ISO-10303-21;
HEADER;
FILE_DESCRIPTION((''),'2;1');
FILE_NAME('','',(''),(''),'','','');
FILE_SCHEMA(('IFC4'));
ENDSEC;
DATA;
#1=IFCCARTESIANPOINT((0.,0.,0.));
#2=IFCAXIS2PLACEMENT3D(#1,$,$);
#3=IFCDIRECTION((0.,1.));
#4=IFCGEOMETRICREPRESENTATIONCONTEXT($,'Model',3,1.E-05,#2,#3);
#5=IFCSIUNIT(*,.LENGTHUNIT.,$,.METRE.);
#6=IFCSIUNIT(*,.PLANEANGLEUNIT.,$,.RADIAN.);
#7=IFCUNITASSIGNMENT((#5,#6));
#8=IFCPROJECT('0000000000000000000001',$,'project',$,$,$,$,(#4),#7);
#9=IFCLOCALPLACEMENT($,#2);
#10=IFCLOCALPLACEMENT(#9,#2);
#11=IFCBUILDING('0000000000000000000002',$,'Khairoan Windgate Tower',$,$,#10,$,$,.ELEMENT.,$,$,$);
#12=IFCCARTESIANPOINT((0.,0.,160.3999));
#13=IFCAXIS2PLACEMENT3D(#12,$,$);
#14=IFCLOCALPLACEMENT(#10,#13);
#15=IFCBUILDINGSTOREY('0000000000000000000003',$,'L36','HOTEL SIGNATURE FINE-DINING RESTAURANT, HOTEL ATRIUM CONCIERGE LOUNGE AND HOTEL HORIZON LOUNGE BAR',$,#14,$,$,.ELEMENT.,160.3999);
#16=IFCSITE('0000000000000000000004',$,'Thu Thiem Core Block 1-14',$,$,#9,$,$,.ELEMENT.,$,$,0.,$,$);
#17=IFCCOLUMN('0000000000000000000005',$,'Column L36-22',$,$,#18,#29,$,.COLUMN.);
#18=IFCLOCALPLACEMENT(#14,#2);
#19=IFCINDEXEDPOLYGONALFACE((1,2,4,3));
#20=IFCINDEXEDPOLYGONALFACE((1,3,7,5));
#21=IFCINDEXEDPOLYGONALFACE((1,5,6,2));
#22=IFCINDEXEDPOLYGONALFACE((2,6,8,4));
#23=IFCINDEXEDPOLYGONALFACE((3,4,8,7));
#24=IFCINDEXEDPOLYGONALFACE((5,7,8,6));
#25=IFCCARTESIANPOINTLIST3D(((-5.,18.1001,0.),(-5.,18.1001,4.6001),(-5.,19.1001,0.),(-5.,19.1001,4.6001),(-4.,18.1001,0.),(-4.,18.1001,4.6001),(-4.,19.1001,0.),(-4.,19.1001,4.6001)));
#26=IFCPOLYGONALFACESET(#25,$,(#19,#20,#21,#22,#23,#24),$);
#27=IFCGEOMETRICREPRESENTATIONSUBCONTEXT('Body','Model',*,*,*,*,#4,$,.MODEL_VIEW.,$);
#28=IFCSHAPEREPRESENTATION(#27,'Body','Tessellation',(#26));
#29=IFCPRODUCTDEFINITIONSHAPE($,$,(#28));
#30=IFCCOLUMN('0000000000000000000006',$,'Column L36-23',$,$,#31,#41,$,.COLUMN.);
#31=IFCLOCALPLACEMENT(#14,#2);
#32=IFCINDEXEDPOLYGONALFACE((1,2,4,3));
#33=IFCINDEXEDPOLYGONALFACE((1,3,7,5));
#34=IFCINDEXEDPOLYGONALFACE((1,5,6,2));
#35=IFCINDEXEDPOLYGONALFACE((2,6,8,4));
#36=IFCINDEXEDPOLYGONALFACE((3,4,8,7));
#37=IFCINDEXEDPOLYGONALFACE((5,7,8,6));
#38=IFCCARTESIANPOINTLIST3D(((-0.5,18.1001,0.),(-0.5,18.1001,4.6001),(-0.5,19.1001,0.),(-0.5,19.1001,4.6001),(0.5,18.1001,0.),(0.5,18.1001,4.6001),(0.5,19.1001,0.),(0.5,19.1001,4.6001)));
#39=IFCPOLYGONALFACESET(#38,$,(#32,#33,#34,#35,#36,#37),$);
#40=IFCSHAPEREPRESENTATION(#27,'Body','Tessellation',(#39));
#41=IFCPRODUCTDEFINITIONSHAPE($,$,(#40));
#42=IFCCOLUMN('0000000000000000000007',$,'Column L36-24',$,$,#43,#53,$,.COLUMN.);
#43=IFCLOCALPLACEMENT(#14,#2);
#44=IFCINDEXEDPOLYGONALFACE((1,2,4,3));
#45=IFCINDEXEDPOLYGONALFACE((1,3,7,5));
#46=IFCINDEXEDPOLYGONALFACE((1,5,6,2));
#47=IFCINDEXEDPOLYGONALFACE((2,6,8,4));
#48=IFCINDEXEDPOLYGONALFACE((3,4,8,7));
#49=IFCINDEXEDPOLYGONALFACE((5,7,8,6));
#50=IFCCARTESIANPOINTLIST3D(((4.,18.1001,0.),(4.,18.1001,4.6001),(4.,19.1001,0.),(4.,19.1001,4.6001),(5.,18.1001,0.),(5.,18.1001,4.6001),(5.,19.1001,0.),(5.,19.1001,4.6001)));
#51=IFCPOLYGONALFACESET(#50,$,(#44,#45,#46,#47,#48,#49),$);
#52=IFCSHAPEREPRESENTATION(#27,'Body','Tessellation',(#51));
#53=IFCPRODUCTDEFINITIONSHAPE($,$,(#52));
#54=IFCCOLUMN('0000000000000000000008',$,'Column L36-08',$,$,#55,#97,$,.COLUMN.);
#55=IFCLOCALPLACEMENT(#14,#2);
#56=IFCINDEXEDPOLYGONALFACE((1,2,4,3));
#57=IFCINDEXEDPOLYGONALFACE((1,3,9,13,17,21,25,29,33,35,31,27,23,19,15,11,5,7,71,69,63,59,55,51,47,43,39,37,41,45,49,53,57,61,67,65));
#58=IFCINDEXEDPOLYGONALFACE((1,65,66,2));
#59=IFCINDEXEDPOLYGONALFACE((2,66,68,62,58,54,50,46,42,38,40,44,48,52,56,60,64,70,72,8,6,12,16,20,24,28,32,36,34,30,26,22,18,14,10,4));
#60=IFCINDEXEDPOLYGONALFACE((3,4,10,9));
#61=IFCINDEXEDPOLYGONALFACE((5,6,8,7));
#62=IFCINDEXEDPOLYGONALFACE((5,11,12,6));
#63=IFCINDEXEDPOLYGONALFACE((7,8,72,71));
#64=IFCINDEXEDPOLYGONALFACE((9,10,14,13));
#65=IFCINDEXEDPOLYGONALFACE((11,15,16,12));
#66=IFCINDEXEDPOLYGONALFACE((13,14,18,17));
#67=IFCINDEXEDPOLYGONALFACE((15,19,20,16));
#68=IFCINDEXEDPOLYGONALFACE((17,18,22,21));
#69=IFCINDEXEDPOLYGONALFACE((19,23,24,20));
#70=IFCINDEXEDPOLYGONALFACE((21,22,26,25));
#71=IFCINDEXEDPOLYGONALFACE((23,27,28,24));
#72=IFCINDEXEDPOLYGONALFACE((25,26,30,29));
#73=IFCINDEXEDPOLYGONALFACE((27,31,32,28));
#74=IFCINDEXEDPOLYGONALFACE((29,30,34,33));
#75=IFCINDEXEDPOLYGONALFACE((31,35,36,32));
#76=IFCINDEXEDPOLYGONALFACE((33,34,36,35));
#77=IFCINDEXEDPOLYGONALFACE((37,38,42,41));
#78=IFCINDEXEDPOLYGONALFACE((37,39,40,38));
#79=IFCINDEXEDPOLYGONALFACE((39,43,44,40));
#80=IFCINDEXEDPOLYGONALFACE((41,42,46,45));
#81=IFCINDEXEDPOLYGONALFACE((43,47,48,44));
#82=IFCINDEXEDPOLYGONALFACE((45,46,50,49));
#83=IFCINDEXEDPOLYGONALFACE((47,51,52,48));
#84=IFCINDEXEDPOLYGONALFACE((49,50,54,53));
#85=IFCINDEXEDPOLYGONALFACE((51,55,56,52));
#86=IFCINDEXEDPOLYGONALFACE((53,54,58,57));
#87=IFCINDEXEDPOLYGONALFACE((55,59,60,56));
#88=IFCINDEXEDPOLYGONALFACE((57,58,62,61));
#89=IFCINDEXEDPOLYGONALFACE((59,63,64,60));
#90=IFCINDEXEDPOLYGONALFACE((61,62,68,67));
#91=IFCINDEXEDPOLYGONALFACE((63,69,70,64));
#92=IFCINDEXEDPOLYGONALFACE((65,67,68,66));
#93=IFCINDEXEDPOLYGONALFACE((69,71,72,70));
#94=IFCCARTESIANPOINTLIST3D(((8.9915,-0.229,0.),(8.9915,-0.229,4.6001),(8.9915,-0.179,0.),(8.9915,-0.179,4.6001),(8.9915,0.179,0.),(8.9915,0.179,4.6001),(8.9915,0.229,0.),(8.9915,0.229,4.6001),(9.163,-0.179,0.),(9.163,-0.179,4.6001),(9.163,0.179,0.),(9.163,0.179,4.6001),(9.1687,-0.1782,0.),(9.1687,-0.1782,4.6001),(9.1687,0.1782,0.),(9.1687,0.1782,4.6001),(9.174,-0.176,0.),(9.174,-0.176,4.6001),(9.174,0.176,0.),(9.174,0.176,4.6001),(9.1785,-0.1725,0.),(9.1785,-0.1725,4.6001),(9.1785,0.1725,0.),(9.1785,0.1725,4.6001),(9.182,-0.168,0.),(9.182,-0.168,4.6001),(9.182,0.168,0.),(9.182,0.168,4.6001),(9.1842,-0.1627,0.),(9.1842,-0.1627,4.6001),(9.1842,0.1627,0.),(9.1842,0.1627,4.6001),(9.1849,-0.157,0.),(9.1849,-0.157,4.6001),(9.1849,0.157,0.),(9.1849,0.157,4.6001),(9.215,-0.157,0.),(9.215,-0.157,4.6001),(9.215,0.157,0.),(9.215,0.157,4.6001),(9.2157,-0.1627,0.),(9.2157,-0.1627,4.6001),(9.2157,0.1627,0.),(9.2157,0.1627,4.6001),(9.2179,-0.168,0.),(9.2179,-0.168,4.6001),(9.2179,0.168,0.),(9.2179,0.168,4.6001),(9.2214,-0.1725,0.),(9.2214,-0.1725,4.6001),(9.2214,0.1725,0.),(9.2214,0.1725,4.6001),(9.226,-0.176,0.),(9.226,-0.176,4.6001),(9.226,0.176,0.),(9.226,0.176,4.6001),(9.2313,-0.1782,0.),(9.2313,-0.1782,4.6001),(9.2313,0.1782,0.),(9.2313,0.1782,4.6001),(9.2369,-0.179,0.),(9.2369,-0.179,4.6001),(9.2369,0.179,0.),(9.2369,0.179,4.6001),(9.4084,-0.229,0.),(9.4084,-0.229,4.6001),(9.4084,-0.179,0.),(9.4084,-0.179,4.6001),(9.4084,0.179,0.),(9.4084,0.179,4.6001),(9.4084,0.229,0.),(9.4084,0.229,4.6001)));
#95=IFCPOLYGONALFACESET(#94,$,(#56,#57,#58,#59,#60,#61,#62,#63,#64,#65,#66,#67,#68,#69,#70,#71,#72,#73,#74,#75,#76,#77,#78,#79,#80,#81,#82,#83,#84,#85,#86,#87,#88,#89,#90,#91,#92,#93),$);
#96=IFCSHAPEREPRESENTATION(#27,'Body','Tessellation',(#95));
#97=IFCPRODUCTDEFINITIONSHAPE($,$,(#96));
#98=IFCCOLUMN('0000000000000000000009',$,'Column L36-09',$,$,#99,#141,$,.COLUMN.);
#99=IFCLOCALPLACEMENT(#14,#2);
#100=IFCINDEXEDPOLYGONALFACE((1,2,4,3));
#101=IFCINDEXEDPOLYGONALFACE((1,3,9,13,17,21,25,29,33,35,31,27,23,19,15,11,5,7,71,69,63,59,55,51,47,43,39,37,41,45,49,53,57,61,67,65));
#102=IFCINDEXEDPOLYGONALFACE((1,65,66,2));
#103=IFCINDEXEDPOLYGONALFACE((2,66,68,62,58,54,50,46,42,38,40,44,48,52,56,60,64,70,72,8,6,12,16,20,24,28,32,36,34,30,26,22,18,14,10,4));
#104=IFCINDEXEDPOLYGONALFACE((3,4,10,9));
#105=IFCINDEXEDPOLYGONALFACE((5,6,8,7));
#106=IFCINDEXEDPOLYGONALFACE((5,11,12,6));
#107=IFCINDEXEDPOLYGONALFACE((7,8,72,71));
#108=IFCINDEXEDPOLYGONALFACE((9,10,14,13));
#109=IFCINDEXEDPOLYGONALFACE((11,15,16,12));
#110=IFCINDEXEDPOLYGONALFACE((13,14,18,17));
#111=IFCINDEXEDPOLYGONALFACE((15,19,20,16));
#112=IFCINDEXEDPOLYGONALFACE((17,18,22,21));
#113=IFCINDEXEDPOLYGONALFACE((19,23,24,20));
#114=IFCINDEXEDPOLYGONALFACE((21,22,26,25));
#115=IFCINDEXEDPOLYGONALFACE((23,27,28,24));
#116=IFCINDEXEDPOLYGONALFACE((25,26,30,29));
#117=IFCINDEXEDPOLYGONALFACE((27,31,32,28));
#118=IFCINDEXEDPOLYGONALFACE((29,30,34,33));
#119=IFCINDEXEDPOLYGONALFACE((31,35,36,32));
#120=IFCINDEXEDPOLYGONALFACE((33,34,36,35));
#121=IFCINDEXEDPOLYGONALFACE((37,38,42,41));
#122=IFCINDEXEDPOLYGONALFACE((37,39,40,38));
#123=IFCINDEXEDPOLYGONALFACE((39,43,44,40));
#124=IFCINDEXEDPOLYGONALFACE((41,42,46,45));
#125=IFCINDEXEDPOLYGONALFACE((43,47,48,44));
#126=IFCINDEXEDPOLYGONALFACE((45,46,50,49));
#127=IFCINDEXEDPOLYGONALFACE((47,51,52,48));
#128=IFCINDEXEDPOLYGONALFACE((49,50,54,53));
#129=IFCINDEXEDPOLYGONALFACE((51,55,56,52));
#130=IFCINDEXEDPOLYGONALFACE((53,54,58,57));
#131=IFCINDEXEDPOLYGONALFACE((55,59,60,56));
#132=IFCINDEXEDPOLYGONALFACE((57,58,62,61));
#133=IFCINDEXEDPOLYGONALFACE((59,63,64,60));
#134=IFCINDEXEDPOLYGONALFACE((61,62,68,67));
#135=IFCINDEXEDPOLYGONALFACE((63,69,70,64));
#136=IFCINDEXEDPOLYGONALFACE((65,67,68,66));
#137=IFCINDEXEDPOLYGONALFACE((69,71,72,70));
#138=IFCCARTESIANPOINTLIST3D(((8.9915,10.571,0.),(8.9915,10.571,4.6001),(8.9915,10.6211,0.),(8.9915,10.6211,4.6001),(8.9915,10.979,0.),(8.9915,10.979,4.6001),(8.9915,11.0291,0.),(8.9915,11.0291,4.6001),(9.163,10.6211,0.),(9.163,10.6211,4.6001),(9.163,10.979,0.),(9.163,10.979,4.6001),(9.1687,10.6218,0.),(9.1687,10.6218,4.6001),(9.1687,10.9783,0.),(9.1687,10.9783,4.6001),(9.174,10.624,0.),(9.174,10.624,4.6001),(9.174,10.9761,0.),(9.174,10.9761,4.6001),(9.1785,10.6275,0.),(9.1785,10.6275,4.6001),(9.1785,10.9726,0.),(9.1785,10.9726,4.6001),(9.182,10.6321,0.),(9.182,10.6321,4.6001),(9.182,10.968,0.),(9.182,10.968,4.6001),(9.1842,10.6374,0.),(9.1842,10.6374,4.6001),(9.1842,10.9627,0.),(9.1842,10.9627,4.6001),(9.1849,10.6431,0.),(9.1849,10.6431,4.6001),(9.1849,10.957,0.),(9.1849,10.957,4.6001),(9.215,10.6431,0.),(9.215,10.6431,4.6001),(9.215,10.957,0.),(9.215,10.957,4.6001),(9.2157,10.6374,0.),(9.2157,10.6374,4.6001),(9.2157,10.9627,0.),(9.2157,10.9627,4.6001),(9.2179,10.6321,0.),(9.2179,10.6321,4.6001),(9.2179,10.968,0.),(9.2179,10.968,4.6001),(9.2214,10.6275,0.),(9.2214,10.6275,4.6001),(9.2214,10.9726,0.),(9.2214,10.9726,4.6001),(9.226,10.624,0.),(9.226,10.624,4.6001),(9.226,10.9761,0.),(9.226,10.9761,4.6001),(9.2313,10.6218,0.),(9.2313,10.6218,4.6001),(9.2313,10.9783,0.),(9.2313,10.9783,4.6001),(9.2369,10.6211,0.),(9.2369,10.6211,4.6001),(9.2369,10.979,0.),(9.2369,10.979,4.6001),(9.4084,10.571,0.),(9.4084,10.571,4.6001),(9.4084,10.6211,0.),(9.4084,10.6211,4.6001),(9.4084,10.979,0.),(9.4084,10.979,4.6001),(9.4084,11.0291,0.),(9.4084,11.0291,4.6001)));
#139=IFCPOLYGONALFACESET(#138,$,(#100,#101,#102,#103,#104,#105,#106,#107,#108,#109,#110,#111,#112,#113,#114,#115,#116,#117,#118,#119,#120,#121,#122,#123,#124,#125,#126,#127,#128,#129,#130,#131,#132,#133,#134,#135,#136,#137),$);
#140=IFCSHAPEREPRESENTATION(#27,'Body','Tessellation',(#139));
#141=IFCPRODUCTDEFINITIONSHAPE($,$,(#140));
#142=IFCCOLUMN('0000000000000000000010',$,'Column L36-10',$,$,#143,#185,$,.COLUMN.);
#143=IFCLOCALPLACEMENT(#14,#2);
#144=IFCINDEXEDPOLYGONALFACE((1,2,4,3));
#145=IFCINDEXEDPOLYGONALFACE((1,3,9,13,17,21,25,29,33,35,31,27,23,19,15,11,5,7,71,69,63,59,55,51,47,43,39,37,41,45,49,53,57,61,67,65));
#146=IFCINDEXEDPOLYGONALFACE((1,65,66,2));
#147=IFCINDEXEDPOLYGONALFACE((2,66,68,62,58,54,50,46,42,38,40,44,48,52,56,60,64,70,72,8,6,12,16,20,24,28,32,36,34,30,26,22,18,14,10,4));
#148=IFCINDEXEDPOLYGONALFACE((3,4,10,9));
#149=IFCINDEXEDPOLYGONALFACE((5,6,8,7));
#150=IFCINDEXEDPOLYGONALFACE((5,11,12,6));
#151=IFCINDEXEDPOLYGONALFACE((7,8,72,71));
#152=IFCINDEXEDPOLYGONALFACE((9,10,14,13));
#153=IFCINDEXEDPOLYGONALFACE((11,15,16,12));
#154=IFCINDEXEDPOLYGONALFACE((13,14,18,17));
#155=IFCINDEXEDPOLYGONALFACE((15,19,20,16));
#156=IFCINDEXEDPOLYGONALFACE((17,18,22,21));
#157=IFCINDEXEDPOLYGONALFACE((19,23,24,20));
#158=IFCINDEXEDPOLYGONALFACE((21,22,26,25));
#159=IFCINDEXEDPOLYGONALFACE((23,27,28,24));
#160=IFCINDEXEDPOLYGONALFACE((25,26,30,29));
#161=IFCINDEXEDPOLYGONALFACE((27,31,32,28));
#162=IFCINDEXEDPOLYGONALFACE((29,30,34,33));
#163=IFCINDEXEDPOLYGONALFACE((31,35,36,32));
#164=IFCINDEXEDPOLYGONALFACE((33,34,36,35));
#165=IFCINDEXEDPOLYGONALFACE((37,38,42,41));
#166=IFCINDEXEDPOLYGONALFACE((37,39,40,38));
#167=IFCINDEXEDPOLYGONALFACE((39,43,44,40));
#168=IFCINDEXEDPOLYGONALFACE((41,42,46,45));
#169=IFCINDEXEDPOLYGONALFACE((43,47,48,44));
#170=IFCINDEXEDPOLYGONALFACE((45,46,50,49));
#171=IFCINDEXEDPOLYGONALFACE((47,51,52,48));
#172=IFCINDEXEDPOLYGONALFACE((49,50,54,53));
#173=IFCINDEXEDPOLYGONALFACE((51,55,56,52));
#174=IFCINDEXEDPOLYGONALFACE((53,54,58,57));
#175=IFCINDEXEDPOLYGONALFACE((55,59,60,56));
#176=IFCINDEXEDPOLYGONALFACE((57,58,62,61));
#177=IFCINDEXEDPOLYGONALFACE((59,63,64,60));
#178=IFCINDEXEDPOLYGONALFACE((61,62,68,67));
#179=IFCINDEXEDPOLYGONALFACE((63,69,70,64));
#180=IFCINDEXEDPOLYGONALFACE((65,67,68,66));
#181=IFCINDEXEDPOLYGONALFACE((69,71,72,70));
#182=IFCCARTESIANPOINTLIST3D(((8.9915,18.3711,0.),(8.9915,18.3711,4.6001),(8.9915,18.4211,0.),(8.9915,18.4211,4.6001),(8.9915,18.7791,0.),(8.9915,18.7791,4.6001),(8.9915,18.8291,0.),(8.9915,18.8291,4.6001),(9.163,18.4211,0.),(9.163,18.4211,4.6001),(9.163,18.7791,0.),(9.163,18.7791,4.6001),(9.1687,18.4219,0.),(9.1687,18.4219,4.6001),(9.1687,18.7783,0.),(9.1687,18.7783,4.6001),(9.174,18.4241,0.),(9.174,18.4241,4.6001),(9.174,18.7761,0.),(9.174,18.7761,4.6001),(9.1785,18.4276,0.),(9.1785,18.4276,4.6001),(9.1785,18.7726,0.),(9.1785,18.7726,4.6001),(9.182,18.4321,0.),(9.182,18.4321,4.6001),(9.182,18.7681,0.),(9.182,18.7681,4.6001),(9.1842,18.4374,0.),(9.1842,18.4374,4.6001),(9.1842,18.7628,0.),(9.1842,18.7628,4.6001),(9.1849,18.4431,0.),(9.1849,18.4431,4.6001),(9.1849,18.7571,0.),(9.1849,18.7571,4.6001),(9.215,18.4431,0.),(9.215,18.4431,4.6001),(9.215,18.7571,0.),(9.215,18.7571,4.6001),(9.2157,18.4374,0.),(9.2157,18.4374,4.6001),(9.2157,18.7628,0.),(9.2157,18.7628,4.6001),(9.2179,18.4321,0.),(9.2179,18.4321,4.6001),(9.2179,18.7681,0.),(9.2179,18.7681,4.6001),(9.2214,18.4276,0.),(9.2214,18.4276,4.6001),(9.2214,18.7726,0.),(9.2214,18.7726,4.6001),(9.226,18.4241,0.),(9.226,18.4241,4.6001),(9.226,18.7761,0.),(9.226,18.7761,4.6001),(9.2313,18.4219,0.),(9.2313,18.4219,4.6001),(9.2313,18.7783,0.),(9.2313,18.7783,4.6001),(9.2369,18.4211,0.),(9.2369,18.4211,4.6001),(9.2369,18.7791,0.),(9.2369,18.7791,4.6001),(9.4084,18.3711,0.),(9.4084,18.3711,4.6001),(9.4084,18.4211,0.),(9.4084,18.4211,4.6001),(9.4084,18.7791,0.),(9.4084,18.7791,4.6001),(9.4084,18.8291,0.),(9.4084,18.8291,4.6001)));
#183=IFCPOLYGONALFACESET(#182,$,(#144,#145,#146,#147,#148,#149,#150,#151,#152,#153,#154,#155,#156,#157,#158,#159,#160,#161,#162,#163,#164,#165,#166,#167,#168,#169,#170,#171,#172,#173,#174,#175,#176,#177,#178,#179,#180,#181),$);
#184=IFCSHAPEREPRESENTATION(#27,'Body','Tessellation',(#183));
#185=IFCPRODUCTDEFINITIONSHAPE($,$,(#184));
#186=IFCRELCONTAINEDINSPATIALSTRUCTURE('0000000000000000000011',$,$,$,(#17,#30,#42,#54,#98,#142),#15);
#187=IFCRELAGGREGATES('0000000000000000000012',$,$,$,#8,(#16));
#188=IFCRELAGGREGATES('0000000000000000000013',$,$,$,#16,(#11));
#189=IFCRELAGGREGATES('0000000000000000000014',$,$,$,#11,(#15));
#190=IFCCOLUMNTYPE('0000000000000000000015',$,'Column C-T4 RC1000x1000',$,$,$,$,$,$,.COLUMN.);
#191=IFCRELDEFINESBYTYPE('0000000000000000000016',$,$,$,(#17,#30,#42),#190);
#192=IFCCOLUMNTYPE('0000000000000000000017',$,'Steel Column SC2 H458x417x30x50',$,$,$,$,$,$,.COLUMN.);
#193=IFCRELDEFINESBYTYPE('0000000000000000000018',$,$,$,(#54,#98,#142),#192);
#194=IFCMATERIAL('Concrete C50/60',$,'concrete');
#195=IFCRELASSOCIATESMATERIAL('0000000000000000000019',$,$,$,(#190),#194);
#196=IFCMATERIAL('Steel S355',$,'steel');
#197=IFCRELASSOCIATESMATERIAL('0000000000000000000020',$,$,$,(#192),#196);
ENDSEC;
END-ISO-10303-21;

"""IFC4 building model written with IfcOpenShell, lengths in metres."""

from ifc_helpers import new_model, si_unit, direction, frame, origin, origin_2d, place, context, subcontext, project, spatial, rectangle, i_section, extrude, material, material_profile, profile_set, type_object, element, save


model = new_model("IFC4")

# Units and contexts
model_context = context("Model", 3, precision=1e-05, world=origin(), true_north=direction((0.0, 1.0)))
body_context = subcontext(model_context, "Body", "Model", "MODEL_VIEW")
ifc_project = project(units=[si_unit("LENGTHUNIT", "METRE"), si_unit("PLANEANGLEUNIT", "RADIAN")], contexts=[model_context])

# Site, building, storey
site_placement = place(None, origin())
site = spatial("IfcSite", under=ifc_project, at=site_placement, Name="Thu Thiem Core Block 1-14", CompositionType="ELEMENT", RefElevation=0.0)
building_placement = place(site_placement, origin())
building = spatial("IfcBuilding", under=site, at=building_placement, Name="Khairoan Windgate Tower", CompositionType="ELEMENT")
storey_placement = place(building_placement, frame((0.0, 0.0, 160.3999)))
storey = spatial("IfcBuildingStorey", under=building, at=storey_placement, Name="L36", Description="HOTEL SIGNATURE FINE-DINING RESTAURANT, HOTEL ATRIUM CONCIERGE LOUNGE AND HOTEL HORIZON LOUNGE BAR", CompositionType="ELEMENT", Elevation=160.3999)

# Columns
ifc_material_1 = material(Name="Concrete C50/60", Category="concrete")
ifc_material_profile_1 = material_profile(ifc_material_1, rectangle(XDim=1.0, YDim=1.0, at=origin_2d()))
ifc_profile_set_1 = profile_set([ifc_material_profile_1], Name="Concrete C50/60")
column_type_1 = type_object("IfcColumnType", Name="Column C-T4 RC1000x1000", PredefinedType="COLUMN", material=ifc_profile_set_1)
for number, where, z_axis, x_axis, name in (
    (1, (-4.5, 18.6001, 0.0), (0.0, 0.0, 1.0), (1.0, 0.0, 0.0), "Column L36-22"),
    (2, (0.0, 18.6001, 0.0), (0.0, 0.0, 1.0), (1.0, 0.0, 0.0), "Column L36-23"),
    (3, (4.5, 18.6001, 0.0), (0.0, 0.0, 1.0), (1.0, 0.0, 0.0), "Column L36-24"),
):
    element("IfcColumn", number, at=place(storey_placement, frame(where, z_axis=z_axis, x_axis=x_axis)), inside=storey, type_object=column_type_1, Name=name, PredefinedType="COLUMN", context=body_context, shape_type="SweptSolid", body=[
        extrude(rectangle(XDim=1.0, YDim=1.0, at=origin_2d()), origin(), (0.0, 0.0, 1.0), 4.6001),
    ])
ifc_material_2 = material(Name="Steel S355", Category="steel")
ifc_material_profile_2 = material_profile(ifc_material_2, i_section(OverallWidth=0.417, OverallDepth=0.458, WebThickness=0.03, FlangeThickness=0.05, FilletRadius=0.022, at=origin_2d()))
ifc_profile_set_2 = profile_set([ifc_material_profile_2], Name="Steel S355")
column_type_2 = type_object("IfcColumnType", Name="Steel Column SC2 H458x417x30x50", PredefinedType="COLUMN", material=ifc_profile_set_2)
for number, where, z_axis, x_axis, name in (
    (4, (9.2, 0.0, 0.0), (0.0, 0.0, 1.0), (1.0, 0.0, 0.0), "Column L36-08"),
    (5, (9.2, 10.8, 0.0), (0.0, 0.0, 1.0), (1.0, 0.0, 0.0), "Column L36-09"),
    (6, (9.2, 18.6001, 0.0), (0.0, 0.0, 1.0), (1.0, 0.0, 0.0), "Column L36-10"),
):
    element("IfcColumn", number, at=place(storey_placement, frame(where, z_axis=z_axis, x_axis=x_axis)), inside=storey, type_object=column_type_2, Name=name, PredefinedType="COLUMN", context=body_context, shape_type="SweptSolid", body=[
        extrude(i_section(OverallWidth=0.417, OverallDepth=0.458, WebThickness=0.03, FlangeThickness=0.05, FilletRadius=0.022, at=origin_2d()), origin(), (0.0, 0.0, 1.0), 4.6001),
    ])

save(model, "model.ifc")
